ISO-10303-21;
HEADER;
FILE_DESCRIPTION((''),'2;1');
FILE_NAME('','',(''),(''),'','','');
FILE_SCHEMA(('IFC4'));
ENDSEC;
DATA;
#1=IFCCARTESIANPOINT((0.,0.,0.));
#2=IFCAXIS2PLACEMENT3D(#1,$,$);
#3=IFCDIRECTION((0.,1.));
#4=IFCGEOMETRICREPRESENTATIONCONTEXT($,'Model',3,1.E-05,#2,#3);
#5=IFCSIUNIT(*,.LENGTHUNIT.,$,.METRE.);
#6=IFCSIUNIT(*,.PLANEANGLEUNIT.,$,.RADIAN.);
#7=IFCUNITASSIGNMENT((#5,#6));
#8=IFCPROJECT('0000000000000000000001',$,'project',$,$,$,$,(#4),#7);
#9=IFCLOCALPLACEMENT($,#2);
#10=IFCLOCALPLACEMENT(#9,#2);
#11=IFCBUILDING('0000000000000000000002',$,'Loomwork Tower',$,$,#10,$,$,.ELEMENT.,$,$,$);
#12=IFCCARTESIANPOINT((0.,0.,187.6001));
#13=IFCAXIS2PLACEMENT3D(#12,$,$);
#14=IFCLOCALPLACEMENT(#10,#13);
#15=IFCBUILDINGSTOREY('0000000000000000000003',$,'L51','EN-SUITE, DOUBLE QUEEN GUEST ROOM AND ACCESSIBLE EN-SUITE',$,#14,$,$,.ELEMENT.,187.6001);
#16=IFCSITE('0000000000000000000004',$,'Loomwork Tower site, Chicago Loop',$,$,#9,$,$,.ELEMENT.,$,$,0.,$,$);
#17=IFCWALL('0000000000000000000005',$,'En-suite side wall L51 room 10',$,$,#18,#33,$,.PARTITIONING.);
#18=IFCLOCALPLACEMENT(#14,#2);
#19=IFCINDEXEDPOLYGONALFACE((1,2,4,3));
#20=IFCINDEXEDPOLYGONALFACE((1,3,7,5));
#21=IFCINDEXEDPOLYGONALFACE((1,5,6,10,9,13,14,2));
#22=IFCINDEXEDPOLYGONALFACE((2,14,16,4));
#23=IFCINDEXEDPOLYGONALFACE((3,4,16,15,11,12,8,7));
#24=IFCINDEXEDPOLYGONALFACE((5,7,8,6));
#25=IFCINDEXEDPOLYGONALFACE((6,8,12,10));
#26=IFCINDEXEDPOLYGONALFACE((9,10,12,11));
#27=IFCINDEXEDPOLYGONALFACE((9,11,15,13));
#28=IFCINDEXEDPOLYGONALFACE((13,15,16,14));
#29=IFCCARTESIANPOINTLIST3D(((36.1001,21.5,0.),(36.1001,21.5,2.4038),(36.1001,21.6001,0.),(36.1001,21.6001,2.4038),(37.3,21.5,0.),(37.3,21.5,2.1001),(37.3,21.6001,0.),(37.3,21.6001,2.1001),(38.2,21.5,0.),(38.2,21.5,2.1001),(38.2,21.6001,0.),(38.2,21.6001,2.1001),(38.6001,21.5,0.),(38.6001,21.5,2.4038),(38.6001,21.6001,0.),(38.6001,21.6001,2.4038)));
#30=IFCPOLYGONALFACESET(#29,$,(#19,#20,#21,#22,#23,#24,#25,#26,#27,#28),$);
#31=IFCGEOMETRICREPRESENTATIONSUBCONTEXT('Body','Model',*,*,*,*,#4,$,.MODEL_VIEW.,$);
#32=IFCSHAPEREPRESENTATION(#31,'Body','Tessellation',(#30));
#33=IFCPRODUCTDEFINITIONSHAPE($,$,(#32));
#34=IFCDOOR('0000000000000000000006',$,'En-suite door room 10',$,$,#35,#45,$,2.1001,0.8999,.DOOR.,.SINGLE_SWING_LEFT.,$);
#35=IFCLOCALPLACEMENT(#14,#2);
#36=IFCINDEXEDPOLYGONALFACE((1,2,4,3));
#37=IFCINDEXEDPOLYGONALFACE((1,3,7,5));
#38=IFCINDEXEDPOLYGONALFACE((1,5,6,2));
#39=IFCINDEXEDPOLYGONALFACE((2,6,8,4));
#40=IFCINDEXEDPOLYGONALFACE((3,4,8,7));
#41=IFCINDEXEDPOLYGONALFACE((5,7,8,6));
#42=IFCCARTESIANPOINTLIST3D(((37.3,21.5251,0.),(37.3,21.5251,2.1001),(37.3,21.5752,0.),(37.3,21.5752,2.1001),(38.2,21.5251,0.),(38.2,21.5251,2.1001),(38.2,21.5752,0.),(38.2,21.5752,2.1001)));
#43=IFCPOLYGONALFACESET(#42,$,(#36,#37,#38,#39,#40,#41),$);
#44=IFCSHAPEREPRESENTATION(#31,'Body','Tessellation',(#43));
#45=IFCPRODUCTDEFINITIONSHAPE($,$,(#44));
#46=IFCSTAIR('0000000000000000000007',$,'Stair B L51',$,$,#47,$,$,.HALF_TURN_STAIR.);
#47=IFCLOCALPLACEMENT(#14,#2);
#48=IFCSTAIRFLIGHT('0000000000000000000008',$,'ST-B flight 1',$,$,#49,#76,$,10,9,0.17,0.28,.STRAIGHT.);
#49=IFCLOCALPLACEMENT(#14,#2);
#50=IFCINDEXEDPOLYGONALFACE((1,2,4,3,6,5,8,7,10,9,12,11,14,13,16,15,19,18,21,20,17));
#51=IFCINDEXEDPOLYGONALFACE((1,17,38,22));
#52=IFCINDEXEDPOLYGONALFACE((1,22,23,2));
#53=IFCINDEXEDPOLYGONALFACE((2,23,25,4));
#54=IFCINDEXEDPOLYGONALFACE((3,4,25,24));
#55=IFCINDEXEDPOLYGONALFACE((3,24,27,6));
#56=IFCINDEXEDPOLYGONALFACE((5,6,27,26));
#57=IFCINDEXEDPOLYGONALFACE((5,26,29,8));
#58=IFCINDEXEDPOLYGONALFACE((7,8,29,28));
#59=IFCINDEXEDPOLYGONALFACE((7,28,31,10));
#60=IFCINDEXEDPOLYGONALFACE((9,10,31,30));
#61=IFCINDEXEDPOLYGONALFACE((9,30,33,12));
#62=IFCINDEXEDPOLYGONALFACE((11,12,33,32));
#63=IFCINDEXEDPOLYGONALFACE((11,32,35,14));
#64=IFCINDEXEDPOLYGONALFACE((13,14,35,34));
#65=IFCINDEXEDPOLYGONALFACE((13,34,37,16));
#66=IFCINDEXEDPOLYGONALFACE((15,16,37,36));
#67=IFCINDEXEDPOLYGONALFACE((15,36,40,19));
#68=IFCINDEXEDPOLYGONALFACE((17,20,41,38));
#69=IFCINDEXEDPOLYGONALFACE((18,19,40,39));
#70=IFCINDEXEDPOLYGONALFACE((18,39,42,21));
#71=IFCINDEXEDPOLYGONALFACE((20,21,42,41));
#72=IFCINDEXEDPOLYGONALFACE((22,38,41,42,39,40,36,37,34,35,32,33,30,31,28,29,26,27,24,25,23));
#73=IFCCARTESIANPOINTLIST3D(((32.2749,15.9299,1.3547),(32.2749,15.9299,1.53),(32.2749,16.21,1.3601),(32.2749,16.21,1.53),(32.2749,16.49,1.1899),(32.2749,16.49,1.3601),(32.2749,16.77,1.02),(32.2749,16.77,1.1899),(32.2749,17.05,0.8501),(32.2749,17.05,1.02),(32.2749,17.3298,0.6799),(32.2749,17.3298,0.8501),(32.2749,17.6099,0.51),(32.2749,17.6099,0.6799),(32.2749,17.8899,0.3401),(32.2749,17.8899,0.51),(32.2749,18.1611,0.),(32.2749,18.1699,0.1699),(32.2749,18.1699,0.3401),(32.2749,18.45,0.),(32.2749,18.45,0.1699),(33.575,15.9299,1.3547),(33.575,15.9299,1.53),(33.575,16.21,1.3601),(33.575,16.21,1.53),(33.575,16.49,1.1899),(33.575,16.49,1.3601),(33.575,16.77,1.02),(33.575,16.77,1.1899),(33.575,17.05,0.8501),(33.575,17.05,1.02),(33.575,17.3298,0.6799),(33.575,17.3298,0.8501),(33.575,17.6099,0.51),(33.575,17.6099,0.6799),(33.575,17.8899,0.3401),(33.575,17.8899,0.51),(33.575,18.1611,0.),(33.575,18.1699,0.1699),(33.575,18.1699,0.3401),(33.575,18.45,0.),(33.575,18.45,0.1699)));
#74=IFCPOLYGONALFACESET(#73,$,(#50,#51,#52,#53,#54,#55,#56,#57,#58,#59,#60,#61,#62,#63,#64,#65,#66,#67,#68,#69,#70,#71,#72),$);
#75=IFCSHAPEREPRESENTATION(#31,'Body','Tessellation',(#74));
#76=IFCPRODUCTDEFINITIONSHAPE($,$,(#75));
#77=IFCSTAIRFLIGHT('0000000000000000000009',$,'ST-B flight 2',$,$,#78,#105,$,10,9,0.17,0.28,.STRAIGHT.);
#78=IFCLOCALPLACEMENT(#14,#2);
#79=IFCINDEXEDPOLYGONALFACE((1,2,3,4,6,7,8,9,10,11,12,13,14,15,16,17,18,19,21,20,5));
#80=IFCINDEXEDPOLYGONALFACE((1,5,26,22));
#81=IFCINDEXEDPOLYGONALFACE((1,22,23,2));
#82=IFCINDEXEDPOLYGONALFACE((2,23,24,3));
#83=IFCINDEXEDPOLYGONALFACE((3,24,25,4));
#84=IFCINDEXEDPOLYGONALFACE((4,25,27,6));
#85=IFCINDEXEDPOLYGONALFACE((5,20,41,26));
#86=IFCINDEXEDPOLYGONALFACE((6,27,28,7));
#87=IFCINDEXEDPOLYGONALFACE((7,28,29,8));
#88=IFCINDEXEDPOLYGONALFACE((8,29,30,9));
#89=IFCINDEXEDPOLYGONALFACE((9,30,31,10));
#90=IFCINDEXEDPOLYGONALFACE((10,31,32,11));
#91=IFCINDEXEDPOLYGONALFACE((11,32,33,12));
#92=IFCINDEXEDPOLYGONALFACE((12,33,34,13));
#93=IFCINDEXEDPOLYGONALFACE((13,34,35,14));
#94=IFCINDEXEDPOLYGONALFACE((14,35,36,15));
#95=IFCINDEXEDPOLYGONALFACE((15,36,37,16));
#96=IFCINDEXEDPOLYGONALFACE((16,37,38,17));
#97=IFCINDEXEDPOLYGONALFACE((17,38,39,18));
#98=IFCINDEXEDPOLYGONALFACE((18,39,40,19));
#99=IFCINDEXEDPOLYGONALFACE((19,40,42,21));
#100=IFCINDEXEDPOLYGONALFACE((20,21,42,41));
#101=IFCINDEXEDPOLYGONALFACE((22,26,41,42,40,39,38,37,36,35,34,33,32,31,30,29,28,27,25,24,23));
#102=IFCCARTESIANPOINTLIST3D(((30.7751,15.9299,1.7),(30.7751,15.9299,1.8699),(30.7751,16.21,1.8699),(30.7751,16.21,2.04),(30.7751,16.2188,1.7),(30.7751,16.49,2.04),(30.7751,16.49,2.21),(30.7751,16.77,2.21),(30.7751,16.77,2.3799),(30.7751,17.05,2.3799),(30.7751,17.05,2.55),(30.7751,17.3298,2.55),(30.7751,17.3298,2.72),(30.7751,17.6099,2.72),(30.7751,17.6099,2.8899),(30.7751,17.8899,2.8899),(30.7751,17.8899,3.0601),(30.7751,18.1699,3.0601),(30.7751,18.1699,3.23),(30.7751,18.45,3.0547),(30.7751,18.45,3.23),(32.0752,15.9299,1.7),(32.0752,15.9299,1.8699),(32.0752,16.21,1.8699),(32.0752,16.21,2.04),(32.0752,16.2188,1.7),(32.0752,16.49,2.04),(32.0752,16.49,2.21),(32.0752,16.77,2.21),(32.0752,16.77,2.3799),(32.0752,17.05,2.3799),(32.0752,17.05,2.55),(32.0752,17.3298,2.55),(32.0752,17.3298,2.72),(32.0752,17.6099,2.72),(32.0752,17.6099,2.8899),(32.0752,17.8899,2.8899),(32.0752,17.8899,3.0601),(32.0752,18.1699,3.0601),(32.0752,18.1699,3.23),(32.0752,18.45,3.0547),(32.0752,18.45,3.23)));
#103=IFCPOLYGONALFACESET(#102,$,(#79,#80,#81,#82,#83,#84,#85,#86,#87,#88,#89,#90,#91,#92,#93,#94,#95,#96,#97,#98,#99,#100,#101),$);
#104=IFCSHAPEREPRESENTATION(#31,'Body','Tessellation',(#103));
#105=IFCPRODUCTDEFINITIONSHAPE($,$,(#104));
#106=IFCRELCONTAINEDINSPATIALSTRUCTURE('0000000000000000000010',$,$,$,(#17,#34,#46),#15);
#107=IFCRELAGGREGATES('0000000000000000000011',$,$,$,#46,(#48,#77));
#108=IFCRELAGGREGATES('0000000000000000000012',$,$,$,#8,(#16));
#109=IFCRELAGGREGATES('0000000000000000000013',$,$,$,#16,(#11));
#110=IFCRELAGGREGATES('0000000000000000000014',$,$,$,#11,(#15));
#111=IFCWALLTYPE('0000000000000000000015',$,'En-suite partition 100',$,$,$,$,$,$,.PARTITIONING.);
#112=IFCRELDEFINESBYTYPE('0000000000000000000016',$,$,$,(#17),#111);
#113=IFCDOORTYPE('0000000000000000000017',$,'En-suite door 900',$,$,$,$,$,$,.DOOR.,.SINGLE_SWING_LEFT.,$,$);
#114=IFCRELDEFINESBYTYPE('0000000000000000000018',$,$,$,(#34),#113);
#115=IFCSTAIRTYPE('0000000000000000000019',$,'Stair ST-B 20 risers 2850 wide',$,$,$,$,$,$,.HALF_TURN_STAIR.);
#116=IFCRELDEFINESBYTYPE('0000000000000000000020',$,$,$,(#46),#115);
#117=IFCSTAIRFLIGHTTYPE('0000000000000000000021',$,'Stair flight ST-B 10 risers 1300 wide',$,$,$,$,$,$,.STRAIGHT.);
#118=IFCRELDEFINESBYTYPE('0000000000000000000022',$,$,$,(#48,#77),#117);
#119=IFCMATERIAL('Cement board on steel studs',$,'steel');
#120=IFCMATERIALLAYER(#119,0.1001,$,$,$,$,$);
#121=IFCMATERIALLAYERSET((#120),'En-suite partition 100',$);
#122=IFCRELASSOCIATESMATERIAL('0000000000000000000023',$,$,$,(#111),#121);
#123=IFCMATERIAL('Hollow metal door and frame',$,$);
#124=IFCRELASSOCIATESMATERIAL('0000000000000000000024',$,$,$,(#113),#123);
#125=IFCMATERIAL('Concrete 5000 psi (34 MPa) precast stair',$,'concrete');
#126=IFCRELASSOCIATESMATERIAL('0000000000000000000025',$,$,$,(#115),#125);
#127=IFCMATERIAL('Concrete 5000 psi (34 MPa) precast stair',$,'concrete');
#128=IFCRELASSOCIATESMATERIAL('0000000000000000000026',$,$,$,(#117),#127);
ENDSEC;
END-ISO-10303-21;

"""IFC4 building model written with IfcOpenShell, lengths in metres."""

from ifc_helpers import new_model, si_unit, direction, frame, frame_2d, origin, place, context, subcontext, project, spatial, polyline, rectangle, outline, extrude, material, layer, layer_set, type_object, element, fill, aggregate, save


model = new_model("IFC4")

# Units and contexts
model_context = context("Model", 3, precision=1e-05, world=origin(), true_north=direction((0.0, 1.0)))
body_context = subcontext(model_context, "Body", "Model", "MODEL_VIEW")
ifc_project = project(units=[si_unit("LENGTHUNIT", "METRE"), si_unit("PLANEANGLEUNIT", "RADIAN")], contexts=[model_context])

# Site, building, storey
site_placement = place(None, origin())
site = spatial("IfcSite", under=ifc_project, at=site_placement, Name="Loomwork Tower site, Chicago Loop", CompositionType="ELEMENT", RefElevation=0.0)
building_placement = place(site_placement, origin())
building = spatial("IfcBuilding", under=site, at=building_placement, Name="Loomwork Tower", CompositionType="ELEMENT")
storey_placement = place(building_placement, frame((0.0, 0.0, 187.6001)))
storey = spatial("IfcBuildingStorey", under=building, at=storey_placement, Name="L51", Description="EN-SUITE, DOUBLE QUEEN GUEST ROOM AND ACCESSIBLE EN-SUITE", CompositionType="ELEMENT", Elevation=187.6001)

# Wall, opening, door
ifc_material_1 = material(Name="Cement board on steel studs", Category="steel")
ifc_layer_1 = layer(ifc_material_1, 0.1001)
ifc_layer_set_1 = layer_set([ifc_layer_1], Name="En-suite partition 100")
wall_type_1 = type_object("IfcWallType", Name="En-suite partition 100", PredefinedType="PARTITIONING", material=ifc_layer_set_1)
ifc_material_2 = material(Name="Hollow metal door and frame")
door_type_1 = type_object("IfcDoorType", Name="En-suite door 900", OperationType="SINGLE_SWING_LEFT", PredefinedType="DOOR", material=ifc_material_2)
wall_1_placement = place(storey_placement, frame((36.1001, 21.55, 0.0), z_axis=(0.0, 0.0, 1.0), x_axis=(1.0, 0.0, 0.0)))
wall_1 = element("IfcWall", 1, at=wall_1_placement, inside=storey, type_object=wall_type_1, Name="En-suite side wall L51 room 10", PredefinedType="PARTITIONING", context=body_context, shape_type="SweptSolid", body=[
    extrude(rectangle(XDim=2.5, YDim=0.1001, at=frame_2d((1.25, 0.0))), origin(), (0.0, 0.0, 1.0), 2.4038),
])
opening_1_placement = place(wall_1_placement, frame((1.2, 0.0, 0.0)))
opening_1 = element("IfcOpeningElement", 2, at=opening_1_placement, cuts=wall_1, PredefinedType="OPENING", context=body_context, shape_type="SweptSolid", body=[
    extrude(rectangle(XDim=0.8999, YDim=2.1001, at=frame_2d((0.45, 1.05))), frame((0.0, 0.0601, 0.0), z_axis=(0.0, -1.0, 0.0), x_axis=(1.0, 0.0, 0.0)), (0.0, 0.0, 1.0), 0.1201),
])
door_1_placement = place(opening_1_placement, frame((0.8999, 0.0, 0.0), z_axis=(0.0, 0.0, 1.0), x_axis=(-1.0, 0.0, 0.0)))
door_1 = element("IfcDoor", 3, at=door_1_placement, inside=storey, type_object=door_type_1, Name="En-suite door room 10", OperationType="SINGLE_SWING_LEFT", OverallHeight=2.1001, OverallWidth=0.8999, PredefinedType="DOOR", context=body_context, shape_type="SweptSolid", body=[
    extrude(rectangle(XDim=0.8999, YDim=2.1001, at=frame_2d((0.45, 1.05))), frame((0.0, 0.0249, 0.0), z_axis=(0.0, -1.0, 0.0), x_axis=(1.0, 0.0, 0.0)), (0.0, 0.0, 1.0), 0.05),
])
fill(opening_1, door_1)

# Stair, stair flights
ifc_material_3 = material(Name="Concrete 5000 psi (34 MPa) precast stair", Category="concrete")
stair_type = type_object("IfcStairType", Name="Stair ST-B 20 risers 2850 wide", PredefinedType="HALF_TURN_STAIR", material=ifc_material_3)
stair_placement = place(storey_placement, origin())
stair = element("IfcStair", 4, at=stair_placement, inside=storey, type_object=stair_type, Name="Stair B L51", PredefinedType="HALF_TURN_STAIR")
ifc_material_4 = material(Name="Concrete 5000 psi (34 MPa) precast stair", Category="concrete")
stair_flight_type = type_object("IfcStairFlightType", Name="Stair flight ST-B 10 risers 1300 wide", PredefinedType="STRAIGHT", material=ifc_material_4)
stair_flight_1_placement = place(storey_placement, frame((32.925, 18.45, 0.0), z_axis=(0.0, 0.0, 1.0), x_axis=(0.0, -1.0, 0.0)))
stair_flight_1 = element("IfcStairFlight", 5, at=stair_flight_1_placement, type_object=stair_flight_type, Name="ST-B flight 1", NumberOfRisers=10, NumberOfTreads=9, PredefinedType="STRAIGHT", RiserHeight=0.17, TreadLength=0.28, context=body_context, shape_type="SweptSolid", body=[
    extrude(outline(polyline([(0.0, 0.0), (0.0, 0.1699), (0.28, 0.1699), (0.28, 0.3401), (0.5601, 0.3401), (0.5601, 0.51), (0.8401, 0.51), (0.8401, 0.6799), (1.1201, 0.6799), (1.1201, 0.8501), (1.3999, 0.8501), (1.3999, 1.02), (1.6799, 1.02), (1.6799, 1.1899), (1.96, 1.1899), (1.96, 1.3601), (2.24, 1.3601), (2.24, 1.53), (2.52, 1.53), (2.52, 1.7), (2.52, 1.3547), (0.2888, 0.0), (0.0, 0.0)])), frame((0.0, 0.6499, 0.0), z_axis=(0.0, -1.0, 0.0), x_axis=(1.0, 0.0, 0.0)), (0.0, 0.0, 1.0), 1.3),
])
stair_flight_2_placement = place(storey_placement, frame((31.425, 15.9299, 1.7), z_axis=(0.0, 0.0, 1.0), x_axis=(0.0, 1.0, 0.0)))
stair_flight_2 = element("IfcStairFlight", 6, at=stair_flight_2_placement, type_object=stair_flight_type, Name="ST-B flight 2", NumberOfRisers=10, NumberOfTreads=9, PredefinedType="STRAIGHT", RiserHeight=0.17, TreadLength=0.28, context=body_context, shape_type="SweptSolid", body=[
    extrude(outline(polyline([(0.0, 0.0), (0.0, 0.1699), (0.28, 0.1699), (0.28, 0.3401), (0.5601, 0.3401), (0.5601, 0.51), (0.8401, 0.51), (0.8401, 0.6799), (1.1201, 0.6799), (1.1201, 0.8501), (1.3999, 0.8501), (1.3999, 1.02), (1.6799, 1.02), (1.6799, 1.1899), (1.96, 1.1899), (1.96, 1.3601), (2.24, 1.3601), (2.24, 1.53), (2.52, 1.53), (2.52, 1.7), (2.52, 1.3547), (0.2888, 0.0), (0.0, 0.0)])), frame((0.0, 0.6499, 0.0), z_axis=(0.0, -1.0, 0.0), x_axis=(1.0, 0.0, 0.0)), (0.0, 0.0, 1.0), 1.3),
])
aggregate(stair, [stair_flight_1, stair_flight_2])

save(model, "model.ifc")
